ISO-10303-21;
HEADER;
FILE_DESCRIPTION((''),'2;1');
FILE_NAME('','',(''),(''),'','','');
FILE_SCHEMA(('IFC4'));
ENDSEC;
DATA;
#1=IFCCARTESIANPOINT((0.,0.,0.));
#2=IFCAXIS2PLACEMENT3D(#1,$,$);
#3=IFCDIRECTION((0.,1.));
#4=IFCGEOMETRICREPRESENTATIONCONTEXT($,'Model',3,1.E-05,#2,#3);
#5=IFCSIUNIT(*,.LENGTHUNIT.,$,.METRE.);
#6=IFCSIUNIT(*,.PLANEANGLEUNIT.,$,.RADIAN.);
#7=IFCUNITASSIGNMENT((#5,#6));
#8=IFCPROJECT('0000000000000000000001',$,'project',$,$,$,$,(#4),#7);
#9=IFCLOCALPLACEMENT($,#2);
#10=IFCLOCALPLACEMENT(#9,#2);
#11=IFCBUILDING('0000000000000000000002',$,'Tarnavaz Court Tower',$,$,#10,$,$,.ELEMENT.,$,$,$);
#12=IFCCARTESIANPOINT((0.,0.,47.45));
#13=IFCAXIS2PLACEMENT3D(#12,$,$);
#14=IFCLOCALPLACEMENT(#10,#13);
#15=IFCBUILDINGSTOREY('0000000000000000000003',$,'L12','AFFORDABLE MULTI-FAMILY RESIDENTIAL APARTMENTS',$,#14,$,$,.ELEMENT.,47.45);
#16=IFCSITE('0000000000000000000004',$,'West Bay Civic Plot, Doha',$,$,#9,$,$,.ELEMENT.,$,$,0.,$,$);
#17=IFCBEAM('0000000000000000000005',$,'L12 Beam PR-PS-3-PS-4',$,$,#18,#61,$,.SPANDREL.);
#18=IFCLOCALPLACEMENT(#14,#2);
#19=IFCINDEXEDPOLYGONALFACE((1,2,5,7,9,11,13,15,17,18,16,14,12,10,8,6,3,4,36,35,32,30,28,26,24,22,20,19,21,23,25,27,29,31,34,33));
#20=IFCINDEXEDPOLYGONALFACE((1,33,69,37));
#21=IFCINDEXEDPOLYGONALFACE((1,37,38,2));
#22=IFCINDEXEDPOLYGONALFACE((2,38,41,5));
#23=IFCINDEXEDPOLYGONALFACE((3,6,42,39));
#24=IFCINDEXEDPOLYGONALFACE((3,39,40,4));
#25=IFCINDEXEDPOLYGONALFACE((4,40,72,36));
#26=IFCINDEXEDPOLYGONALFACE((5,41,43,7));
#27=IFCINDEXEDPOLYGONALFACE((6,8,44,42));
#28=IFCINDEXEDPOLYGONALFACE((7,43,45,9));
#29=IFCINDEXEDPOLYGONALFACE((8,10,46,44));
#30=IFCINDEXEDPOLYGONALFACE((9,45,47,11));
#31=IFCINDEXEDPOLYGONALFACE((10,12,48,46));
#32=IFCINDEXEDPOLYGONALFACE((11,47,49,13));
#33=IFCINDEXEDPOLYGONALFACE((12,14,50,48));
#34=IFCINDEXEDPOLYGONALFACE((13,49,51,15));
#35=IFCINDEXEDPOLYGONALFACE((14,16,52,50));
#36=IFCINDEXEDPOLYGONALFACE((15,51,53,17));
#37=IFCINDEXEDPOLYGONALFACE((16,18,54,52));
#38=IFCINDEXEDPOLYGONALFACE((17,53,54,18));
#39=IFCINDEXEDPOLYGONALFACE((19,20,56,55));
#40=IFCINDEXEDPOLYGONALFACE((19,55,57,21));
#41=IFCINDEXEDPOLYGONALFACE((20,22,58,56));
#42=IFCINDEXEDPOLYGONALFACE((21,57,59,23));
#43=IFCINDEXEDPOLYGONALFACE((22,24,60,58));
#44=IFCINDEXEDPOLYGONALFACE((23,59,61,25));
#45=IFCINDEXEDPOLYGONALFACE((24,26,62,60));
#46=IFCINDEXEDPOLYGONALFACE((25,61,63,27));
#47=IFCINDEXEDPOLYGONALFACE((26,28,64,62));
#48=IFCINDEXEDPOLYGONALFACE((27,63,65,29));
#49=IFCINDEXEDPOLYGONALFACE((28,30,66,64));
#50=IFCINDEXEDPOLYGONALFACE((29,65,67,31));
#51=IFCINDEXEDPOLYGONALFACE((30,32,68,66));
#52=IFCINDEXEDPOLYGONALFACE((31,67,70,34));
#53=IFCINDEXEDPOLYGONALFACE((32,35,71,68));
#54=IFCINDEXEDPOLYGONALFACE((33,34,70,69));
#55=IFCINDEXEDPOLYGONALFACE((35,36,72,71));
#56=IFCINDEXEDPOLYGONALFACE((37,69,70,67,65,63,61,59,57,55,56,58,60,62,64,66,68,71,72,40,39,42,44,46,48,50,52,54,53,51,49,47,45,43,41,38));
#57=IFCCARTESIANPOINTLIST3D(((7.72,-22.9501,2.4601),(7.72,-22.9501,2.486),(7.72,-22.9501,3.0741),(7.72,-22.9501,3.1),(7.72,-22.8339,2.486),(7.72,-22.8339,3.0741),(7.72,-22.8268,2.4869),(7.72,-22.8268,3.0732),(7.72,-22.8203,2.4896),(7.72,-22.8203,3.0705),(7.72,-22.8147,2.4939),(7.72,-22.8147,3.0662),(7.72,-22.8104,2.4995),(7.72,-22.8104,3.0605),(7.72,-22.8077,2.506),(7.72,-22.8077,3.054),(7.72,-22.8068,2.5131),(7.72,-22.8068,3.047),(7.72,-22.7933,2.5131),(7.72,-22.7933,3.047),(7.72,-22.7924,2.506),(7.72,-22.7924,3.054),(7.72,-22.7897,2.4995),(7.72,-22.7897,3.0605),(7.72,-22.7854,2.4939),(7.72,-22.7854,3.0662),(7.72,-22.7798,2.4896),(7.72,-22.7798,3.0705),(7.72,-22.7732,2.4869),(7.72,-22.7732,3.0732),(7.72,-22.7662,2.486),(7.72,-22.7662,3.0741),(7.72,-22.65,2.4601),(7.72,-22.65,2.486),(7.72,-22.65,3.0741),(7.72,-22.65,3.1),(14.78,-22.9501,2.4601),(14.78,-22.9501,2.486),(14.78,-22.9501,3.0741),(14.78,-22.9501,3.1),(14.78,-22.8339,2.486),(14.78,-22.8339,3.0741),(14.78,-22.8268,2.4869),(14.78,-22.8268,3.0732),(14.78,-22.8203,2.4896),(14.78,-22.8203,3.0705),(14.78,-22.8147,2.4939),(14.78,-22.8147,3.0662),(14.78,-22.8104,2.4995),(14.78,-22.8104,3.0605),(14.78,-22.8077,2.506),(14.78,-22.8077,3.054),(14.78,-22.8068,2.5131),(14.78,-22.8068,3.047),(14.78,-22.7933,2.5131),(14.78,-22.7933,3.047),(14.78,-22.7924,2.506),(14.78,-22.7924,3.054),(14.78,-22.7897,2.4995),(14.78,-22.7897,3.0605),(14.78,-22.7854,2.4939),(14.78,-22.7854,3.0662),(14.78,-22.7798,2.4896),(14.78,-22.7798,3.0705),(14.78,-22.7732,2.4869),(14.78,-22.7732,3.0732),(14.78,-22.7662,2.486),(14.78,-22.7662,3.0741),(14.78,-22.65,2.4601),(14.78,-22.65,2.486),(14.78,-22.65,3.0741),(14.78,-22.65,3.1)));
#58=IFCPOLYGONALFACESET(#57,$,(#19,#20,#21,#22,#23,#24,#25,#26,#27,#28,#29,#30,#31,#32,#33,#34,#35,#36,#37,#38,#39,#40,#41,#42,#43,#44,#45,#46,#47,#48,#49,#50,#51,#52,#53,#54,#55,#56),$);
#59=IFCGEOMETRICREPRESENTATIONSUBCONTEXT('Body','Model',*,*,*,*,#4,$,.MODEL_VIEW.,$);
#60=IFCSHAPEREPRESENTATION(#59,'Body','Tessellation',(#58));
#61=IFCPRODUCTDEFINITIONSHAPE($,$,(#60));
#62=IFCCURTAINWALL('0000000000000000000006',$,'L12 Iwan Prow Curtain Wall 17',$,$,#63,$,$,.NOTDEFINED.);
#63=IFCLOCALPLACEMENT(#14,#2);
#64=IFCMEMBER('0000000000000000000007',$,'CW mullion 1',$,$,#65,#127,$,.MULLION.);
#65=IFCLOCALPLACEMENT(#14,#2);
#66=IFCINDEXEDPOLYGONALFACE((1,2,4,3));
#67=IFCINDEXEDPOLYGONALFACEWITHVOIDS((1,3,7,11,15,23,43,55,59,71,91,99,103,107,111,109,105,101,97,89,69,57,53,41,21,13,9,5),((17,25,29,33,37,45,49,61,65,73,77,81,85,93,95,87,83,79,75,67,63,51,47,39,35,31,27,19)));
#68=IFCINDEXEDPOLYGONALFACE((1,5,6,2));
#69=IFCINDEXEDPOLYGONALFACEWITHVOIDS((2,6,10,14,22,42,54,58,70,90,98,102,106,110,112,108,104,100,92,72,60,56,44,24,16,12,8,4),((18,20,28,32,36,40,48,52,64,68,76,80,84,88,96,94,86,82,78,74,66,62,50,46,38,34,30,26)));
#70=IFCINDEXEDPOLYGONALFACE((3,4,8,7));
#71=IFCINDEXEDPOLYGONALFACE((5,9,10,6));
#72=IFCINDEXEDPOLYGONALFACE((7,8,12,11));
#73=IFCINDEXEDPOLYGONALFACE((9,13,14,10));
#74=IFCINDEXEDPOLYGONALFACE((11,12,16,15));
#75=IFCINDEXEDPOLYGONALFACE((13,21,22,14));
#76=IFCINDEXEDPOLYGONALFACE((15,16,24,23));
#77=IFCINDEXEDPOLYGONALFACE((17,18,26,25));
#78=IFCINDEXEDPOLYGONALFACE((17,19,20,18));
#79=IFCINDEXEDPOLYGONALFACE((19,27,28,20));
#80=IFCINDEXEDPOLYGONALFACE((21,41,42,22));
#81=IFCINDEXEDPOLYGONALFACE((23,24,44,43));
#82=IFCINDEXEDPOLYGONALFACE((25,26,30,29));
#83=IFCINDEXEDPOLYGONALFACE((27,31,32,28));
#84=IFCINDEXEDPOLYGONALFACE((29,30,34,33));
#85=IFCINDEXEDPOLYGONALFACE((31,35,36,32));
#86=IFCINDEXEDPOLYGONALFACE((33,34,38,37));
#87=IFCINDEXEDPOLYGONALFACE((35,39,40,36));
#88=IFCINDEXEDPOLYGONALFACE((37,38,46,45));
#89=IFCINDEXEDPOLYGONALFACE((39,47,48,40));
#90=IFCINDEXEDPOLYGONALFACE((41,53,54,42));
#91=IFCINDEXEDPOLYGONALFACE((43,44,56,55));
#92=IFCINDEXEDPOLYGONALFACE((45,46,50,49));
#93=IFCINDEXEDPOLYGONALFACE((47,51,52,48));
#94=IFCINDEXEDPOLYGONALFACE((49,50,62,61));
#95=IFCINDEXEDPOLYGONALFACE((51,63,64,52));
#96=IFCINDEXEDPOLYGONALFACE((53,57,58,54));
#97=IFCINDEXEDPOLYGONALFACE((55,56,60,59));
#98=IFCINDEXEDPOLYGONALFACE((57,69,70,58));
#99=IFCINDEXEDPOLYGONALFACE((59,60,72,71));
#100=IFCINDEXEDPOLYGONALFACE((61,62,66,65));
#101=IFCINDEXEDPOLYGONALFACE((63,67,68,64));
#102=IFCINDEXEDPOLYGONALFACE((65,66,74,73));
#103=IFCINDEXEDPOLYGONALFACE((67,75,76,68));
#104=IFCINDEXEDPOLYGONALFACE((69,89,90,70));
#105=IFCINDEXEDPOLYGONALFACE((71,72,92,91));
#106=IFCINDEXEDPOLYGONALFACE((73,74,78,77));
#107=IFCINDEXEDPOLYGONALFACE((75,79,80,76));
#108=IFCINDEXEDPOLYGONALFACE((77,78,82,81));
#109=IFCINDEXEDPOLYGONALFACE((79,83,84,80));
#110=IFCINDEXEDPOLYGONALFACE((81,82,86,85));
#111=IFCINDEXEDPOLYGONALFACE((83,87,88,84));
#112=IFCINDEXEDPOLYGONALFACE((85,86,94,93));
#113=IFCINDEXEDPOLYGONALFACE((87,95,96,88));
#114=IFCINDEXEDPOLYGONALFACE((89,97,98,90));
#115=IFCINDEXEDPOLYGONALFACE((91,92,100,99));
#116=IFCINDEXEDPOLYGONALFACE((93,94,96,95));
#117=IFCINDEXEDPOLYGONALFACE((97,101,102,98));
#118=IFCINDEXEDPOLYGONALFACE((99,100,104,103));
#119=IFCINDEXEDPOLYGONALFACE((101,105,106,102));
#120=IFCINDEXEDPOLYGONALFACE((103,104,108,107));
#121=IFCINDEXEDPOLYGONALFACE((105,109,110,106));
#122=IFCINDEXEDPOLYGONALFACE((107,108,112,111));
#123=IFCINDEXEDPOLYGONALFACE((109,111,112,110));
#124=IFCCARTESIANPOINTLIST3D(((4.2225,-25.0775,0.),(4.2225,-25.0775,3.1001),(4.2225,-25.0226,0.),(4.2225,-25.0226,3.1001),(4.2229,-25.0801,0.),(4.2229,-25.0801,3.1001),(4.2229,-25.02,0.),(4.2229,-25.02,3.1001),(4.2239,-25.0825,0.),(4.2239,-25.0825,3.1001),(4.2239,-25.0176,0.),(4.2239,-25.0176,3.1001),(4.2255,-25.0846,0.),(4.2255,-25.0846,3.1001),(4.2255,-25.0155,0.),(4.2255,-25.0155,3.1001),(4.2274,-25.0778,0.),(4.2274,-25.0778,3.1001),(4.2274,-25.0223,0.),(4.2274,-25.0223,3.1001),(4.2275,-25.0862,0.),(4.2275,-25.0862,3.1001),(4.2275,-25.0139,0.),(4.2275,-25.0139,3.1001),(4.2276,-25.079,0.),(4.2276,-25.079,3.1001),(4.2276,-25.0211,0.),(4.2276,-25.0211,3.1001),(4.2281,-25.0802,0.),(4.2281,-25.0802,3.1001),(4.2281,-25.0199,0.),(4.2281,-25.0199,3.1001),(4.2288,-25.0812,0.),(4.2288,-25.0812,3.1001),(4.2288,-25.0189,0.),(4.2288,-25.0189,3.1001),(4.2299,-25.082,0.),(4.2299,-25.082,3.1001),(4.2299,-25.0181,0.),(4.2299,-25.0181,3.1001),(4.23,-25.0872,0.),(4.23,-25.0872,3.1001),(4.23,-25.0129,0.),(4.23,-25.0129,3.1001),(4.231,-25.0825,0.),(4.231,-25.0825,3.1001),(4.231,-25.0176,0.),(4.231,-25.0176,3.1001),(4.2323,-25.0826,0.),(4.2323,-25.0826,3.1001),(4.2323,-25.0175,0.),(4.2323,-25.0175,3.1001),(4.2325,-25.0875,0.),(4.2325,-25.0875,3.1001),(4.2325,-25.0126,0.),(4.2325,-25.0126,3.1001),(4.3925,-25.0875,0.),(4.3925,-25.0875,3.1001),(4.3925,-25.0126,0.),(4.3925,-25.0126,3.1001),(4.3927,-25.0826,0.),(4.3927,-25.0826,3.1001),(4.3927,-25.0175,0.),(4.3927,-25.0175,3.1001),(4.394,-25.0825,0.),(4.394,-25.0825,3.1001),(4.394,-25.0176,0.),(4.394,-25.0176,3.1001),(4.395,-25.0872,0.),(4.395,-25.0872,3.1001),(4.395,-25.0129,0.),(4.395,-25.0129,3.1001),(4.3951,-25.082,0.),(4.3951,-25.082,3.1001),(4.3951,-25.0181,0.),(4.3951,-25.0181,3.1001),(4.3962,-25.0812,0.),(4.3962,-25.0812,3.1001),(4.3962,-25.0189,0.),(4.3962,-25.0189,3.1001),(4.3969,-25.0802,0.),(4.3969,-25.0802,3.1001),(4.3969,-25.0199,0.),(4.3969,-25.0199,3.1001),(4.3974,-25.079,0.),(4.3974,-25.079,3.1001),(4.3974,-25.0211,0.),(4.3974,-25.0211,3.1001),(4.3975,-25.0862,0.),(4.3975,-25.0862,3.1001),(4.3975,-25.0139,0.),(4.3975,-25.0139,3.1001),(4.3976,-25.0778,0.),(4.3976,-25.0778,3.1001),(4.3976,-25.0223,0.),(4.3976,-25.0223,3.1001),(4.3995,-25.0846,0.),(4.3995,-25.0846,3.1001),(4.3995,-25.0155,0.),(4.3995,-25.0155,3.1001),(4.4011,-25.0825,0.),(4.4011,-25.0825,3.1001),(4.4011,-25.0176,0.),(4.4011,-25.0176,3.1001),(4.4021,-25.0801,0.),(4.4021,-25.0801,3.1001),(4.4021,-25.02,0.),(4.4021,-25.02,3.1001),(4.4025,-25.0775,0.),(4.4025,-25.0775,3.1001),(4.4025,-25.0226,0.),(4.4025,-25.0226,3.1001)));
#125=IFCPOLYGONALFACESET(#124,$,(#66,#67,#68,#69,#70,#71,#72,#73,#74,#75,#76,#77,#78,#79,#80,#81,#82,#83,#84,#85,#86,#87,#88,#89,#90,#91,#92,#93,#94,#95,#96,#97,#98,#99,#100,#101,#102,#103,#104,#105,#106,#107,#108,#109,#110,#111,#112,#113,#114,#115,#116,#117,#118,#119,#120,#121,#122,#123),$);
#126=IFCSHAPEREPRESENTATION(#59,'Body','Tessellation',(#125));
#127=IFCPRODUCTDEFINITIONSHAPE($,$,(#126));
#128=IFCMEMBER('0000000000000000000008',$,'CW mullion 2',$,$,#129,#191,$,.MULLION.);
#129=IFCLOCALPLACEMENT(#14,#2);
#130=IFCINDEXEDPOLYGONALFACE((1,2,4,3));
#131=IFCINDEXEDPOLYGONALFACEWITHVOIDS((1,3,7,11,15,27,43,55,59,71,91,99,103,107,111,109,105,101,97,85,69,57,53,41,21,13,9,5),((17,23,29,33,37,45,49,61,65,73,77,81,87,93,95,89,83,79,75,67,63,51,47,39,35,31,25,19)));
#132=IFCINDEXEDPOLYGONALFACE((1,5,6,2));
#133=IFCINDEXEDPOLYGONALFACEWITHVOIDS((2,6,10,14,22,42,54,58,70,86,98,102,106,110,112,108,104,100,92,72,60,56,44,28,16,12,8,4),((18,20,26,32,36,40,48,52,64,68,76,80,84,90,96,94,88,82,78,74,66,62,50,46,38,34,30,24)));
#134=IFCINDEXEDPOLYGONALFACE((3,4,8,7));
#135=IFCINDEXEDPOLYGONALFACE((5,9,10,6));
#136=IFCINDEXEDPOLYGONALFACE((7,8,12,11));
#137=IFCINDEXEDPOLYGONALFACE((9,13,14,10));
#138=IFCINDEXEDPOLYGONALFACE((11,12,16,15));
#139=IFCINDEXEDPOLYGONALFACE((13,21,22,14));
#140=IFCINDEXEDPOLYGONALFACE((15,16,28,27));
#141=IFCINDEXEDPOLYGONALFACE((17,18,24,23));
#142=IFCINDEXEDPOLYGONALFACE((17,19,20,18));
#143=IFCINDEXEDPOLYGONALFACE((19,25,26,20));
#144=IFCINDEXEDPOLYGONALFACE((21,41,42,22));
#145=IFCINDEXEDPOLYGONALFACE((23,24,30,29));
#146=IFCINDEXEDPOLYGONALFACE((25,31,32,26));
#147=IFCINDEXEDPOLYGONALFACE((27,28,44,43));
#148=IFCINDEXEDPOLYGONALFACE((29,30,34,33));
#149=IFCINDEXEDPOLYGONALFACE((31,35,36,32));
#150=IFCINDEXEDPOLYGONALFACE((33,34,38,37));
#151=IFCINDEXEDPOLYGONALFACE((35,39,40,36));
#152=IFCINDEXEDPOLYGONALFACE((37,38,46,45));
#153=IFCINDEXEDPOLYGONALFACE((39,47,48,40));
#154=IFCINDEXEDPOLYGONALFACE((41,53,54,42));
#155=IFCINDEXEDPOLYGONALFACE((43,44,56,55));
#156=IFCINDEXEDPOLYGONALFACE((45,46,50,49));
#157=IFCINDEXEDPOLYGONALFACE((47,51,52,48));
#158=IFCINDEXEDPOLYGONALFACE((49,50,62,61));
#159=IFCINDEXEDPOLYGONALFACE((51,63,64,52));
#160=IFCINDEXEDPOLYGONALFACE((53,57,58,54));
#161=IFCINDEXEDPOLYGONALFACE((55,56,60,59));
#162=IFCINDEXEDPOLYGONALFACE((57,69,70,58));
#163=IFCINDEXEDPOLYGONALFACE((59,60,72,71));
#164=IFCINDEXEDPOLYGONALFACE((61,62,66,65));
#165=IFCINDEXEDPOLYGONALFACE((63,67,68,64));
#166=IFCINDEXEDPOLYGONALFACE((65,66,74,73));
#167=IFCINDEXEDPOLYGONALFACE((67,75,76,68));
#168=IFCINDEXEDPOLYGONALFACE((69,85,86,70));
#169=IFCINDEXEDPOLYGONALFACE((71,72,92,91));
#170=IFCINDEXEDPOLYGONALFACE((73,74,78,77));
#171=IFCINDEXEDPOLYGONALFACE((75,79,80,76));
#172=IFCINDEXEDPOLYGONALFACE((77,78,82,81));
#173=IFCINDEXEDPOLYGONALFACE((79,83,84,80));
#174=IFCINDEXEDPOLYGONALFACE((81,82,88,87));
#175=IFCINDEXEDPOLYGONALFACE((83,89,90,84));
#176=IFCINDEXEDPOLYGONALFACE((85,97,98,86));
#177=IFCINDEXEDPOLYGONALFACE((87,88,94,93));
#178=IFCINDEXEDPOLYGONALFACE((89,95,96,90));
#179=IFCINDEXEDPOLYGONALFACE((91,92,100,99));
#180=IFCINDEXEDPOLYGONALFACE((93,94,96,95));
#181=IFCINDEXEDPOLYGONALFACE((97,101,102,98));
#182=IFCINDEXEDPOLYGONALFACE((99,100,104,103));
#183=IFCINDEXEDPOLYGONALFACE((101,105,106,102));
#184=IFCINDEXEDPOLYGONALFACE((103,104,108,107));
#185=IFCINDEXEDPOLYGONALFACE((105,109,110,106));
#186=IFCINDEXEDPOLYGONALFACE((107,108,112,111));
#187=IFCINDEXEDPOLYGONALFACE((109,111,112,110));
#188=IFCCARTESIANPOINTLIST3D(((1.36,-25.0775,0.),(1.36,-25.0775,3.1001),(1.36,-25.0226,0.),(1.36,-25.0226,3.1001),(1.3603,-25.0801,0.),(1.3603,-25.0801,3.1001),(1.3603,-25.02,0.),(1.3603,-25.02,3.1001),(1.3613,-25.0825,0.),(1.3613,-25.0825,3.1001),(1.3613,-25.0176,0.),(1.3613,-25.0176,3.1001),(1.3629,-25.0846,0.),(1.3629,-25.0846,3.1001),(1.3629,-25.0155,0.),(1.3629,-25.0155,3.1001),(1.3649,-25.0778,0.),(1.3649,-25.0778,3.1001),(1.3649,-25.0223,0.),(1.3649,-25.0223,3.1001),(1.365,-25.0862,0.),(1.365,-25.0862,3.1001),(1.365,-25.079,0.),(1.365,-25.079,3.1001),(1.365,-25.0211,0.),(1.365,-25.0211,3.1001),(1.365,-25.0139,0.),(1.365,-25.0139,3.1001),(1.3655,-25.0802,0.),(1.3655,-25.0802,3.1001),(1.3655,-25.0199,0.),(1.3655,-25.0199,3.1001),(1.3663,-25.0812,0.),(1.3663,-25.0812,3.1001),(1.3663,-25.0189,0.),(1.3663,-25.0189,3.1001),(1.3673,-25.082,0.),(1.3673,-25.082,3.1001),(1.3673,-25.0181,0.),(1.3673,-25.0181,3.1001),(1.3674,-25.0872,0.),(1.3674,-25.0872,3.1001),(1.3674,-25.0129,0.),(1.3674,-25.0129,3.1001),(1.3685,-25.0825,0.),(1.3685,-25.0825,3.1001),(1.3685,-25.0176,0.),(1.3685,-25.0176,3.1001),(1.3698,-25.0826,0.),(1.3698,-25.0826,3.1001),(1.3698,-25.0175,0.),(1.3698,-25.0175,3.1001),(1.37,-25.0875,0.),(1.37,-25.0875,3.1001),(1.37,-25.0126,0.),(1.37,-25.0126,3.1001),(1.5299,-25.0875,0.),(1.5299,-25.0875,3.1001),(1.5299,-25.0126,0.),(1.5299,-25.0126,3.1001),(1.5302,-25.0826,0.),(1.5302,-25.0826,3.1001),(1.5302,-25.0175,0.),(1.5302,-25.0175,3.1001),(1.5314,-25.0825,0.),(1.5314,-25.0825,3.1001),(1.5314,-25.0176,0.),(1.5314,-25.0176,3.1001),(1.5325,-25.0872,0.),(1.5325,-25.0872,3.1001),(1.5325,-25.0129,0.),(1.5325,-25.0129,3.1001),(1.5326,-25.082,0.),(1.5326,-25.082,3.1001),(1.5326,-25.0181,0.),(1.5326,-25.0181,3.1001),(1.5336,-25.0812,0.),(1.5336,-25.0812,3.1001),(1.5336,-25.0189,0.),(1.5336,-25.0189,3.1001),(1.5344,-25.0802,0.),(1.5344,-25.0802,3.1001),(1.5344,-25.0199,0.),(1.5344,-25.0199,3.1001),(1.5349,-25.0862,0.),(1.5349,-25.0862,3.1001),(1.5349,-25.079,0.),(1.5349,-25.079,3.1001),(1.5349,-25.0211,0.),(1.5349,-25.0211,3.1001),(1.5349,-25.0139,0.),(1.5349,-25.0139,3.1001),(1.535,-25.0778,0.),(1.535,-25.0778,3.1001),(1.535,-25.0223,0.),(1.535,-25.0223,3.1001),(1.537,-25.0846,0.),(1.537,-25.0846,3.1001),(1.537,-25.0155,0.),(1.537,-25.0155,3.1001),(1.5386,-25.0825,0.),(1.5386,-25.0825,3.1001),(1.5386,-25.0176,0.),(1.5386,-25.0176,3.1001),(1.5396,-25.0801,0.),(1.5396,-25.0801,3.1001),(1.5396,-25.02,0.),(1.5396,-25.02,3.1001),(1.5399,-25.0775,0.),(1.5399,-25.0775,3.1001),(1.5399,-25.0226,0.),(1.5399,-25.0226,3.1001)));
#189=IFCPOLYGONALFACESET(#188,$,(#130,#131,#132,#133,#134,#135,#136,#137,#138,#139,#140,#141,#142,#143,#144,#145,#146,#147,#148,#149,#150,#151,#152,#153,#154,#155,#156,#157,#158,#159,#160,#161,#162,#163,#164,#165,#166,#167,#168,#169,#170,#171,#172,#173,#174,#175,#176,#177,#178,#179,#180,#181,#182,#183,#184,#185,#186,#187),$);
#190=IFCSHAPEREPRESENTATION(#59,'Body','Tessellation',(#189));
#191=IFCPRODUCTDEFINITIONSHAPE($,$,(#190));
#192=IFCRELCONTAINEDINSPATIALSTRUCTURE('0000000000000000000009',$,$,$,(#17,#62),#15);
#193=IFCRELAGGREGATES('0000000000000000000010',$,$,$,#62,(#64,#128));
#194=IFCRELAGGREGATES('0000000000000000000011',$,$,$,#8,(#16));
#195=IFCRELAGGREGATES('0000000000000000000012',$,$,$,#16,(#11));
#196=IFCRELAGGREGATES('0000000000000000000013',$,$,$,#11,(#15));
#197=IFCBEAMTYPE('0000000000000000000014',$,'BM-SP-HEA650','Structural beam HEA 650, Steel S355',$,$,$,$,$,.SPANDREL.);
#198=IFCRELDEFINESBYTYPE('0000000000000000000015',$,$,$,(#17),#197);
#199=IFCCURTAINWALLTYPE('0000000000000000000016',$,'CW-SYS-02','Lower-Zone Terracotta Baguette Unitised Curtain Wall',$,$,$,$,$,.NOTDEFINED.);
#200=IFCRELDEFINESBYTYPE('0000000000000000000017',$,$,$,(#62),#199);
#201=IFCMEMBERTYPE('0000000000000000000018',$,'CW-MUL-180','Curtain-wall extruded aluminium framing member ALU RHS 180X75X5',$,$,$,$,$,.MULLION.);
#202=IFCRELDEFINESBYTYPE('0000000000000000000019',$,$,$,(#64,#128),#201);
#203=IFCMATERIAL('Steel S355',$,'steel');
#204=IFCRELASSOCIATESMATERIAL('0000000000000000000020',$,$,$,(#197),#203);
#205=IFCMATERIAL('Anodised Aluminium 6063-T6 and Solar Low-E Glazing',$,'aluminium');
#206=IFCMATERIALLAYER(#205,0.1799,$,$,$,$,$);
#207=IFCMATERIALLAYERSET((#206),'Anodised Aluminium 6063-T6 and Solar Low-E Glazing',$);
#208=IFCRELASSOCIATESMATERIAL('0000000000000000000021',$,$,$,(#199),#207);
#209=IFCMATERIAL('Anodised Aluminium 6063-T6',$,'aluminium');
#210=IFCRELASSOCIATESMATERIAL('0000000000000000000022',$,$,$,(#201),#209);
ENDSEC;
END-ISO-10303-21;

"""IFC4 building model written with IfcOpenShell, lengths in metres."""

from ifc_helpers import new_model, si_unit, direction, frame, origin, origin_2d, place, context, subcontext, project, spatial, hollow_rectangle, i_section, extrude, material, layer, layer_set, material_profile, profile_set, type_object, element, aggregate, save


model = new_model("IFC4")

# Units and contexts
model_context = context("Model", 3, precision=1e-05, world=origin(), true_north=direction((0.0, 1.0)))
body_context = subcontext(model_context, "Body", "Model", "MODEL_VIEW")
ifc_project = project(units=[si_unit("LENGTHUNIT", "METRE"), si_unit("PLANEANGLEUNIT", "RADIAN")], contexts=[model_context])

# Site, building, storey
site_placement = place(None, origin())
site = spatial("IfcSite", under=ifc_project, at=site_placement, Name="West Bay Civic Plot, Doha", CompositionType="ELEMENT", RefElevation=0.0)
building_placement = place(site_placement, origin())
building = spatial("IfcBuilding", under=site, at=building_placement, Name="Tarnavaz Court Tower", CompositionType="ELEMENT")
storey_placement = place(building_placement, frame((0.0, 0.0, 47.45)))
storey = spatial("IfcBuildingStorey", under=building, at=storey_placement, Name="L12", Description="AFFORDABLE MULTI-FAMILY RESIDENTIAL APARTMENTS", CompositionType="ELEMENT", Elevation=47.45)

# Beam
ifc_material_1 = material(Name="Steel S355", Category="steel")
ifc_material_profile_1 = material_profile(ifc_material_1, i_section(OverallWidth=0.3, OverallDepth=0.6399, WebThickness=0.0134, FlangeThickness=0.0259, FilletRadius=0.0271, at=origin_2d()), Name="HEA 650")
ifc_profile_set_1 = profile_set([ifc_material_profile_1], Name="Steel S355")
beam_type_1 = type_object("IfcBeamType", Name="BM-SP-HEA650", Description="Structural beam HEA 650, Steel S355", PredefinedType="SPANDREL", material=ifc_profile_set_1)
beam_placement = place(storey_placement, frame((7.72, -22.8, 2.78), z_axis=(1.0, 0.0, 0.0), x_axis=(0.0, 1.0, 0.0)))
element("IfcBeam", 1, at=beam_placement, inside=storey, type_object=beam_type_1, Name="L12 Beam PR-PS-3-PS-4", PredefinedType="SPANDREL", context=body_context, shape_type="SweptSolid", body=[
    extrude(i_section(OverallWidth=0.3, OverallDepth=0.6399, WebThickness=0.0134, FlangeThickness=0.0259, FilletRadius=0.0271, at=origin_2d()), origin(), (0.0, 0.0, 1.0), 7.0601),
])

# Curtain wall, members
ifc_material_2 = material(Name="Anodised Aluminium 6063-T6 and Solar Low-E Glazing", Category="aluminium")
ifc_layer_1 = layer(ifc_material_2, 0.1799)
ifc_layer_set_1 = layer_set([ifc_layer_1], Name="Anodised Aluminium 6063-T6 and Solar Low-E Glazing")
curtain_wall_type = type_object("IfcCurtainWallType", Name="CW-SYS-02", Description="Lower-Zone Terracotta Baguette Unitised Curtain Wall", PredefinedType="NOTDEFINED", material=ifc_layer_set_1)
curtain_wall_placement = place(storey_placement, origin())
curtain_wall = element("IfcCurtainWall", 2, at=curtain_wall_placement, inside=storey, type_object=curtain_wall_type, Name="L12 Iwan Prow Curtain Wall 17", PredefinedType="NOTDEFINED")
ifc_material_3 = material(Name="Anodised Aluminium 6063-T6", Category="aluminium")
ifc_material_profile_2 = material_profile(ifc_material_3, hollow_rectangle(XDim=0.075, YDim=0.1799, WallThickness=0.0049, InnerFilletRadius=0.0049, OuterFilletRadius=0.01, at=origin_2d()), Name="ALU RHS 180X75X5")
ifc_profile_set_2 = profile_set([ifc_material_profile_2], Name="Anodised Aluminium 6063-T6")
member_type_1 = type_object("IfcMemberType", Name="CW-MUL-180", Description="Curtain-wall extruded aluminium framing member ALU RHS 180X75X5", PredefinedType="MULLION", material=ifc_profile_set_2)
member_1_placement = place(storey_placement, frame((4.3125, -25.05, 0.0), z_axis=(0.0, 0.0, 1.0), x_axis=(0.0, -1.0, 0.0)))
member_1 = element("IfcMember", 3, at=member_1_placement, type_object=member_type_1, Name="CW mullion 1", PredefinedType="MULLION", context=body_context, shape_type="SweptSolid", body=[
    extrude(hollow_rectangle(XDim=0.075, YDim=0.1799, WallThickness=0.0049, InnerFilletRadius=0.0049, OuterFilletRadius=0.01, at=origin_2d()), origin(), (0.0, 0.0, 1.0), 3.1001),
])
member_2_placement = place(storey_placement, frame((1.45, -25.05, 0.0), z_axis=(0.0, 0.0, 1.0), x_axis=(0.0, -1.0, 0.0)))
member_2 = element("IfcMember", 4, at=member_2_placement, type_object=member_type_1, Name="CW mullion 2", PredefinedType="MULLION", context=body_context, shape_type="SweptSolid", body=[
    extrude(hollow_rectangle(XDim=0.075, YDim=0.1799, WallThickness=0.0049, InnerFilletRadius=0.0049, OuterFilletRadius=0.01, at=origin_2d()), origin(), (0.0, 0.0, 1.0), 3.1001),
])
aggregate(curtain_wall, [member_1, member_2])

save(model, "model.ifc")
